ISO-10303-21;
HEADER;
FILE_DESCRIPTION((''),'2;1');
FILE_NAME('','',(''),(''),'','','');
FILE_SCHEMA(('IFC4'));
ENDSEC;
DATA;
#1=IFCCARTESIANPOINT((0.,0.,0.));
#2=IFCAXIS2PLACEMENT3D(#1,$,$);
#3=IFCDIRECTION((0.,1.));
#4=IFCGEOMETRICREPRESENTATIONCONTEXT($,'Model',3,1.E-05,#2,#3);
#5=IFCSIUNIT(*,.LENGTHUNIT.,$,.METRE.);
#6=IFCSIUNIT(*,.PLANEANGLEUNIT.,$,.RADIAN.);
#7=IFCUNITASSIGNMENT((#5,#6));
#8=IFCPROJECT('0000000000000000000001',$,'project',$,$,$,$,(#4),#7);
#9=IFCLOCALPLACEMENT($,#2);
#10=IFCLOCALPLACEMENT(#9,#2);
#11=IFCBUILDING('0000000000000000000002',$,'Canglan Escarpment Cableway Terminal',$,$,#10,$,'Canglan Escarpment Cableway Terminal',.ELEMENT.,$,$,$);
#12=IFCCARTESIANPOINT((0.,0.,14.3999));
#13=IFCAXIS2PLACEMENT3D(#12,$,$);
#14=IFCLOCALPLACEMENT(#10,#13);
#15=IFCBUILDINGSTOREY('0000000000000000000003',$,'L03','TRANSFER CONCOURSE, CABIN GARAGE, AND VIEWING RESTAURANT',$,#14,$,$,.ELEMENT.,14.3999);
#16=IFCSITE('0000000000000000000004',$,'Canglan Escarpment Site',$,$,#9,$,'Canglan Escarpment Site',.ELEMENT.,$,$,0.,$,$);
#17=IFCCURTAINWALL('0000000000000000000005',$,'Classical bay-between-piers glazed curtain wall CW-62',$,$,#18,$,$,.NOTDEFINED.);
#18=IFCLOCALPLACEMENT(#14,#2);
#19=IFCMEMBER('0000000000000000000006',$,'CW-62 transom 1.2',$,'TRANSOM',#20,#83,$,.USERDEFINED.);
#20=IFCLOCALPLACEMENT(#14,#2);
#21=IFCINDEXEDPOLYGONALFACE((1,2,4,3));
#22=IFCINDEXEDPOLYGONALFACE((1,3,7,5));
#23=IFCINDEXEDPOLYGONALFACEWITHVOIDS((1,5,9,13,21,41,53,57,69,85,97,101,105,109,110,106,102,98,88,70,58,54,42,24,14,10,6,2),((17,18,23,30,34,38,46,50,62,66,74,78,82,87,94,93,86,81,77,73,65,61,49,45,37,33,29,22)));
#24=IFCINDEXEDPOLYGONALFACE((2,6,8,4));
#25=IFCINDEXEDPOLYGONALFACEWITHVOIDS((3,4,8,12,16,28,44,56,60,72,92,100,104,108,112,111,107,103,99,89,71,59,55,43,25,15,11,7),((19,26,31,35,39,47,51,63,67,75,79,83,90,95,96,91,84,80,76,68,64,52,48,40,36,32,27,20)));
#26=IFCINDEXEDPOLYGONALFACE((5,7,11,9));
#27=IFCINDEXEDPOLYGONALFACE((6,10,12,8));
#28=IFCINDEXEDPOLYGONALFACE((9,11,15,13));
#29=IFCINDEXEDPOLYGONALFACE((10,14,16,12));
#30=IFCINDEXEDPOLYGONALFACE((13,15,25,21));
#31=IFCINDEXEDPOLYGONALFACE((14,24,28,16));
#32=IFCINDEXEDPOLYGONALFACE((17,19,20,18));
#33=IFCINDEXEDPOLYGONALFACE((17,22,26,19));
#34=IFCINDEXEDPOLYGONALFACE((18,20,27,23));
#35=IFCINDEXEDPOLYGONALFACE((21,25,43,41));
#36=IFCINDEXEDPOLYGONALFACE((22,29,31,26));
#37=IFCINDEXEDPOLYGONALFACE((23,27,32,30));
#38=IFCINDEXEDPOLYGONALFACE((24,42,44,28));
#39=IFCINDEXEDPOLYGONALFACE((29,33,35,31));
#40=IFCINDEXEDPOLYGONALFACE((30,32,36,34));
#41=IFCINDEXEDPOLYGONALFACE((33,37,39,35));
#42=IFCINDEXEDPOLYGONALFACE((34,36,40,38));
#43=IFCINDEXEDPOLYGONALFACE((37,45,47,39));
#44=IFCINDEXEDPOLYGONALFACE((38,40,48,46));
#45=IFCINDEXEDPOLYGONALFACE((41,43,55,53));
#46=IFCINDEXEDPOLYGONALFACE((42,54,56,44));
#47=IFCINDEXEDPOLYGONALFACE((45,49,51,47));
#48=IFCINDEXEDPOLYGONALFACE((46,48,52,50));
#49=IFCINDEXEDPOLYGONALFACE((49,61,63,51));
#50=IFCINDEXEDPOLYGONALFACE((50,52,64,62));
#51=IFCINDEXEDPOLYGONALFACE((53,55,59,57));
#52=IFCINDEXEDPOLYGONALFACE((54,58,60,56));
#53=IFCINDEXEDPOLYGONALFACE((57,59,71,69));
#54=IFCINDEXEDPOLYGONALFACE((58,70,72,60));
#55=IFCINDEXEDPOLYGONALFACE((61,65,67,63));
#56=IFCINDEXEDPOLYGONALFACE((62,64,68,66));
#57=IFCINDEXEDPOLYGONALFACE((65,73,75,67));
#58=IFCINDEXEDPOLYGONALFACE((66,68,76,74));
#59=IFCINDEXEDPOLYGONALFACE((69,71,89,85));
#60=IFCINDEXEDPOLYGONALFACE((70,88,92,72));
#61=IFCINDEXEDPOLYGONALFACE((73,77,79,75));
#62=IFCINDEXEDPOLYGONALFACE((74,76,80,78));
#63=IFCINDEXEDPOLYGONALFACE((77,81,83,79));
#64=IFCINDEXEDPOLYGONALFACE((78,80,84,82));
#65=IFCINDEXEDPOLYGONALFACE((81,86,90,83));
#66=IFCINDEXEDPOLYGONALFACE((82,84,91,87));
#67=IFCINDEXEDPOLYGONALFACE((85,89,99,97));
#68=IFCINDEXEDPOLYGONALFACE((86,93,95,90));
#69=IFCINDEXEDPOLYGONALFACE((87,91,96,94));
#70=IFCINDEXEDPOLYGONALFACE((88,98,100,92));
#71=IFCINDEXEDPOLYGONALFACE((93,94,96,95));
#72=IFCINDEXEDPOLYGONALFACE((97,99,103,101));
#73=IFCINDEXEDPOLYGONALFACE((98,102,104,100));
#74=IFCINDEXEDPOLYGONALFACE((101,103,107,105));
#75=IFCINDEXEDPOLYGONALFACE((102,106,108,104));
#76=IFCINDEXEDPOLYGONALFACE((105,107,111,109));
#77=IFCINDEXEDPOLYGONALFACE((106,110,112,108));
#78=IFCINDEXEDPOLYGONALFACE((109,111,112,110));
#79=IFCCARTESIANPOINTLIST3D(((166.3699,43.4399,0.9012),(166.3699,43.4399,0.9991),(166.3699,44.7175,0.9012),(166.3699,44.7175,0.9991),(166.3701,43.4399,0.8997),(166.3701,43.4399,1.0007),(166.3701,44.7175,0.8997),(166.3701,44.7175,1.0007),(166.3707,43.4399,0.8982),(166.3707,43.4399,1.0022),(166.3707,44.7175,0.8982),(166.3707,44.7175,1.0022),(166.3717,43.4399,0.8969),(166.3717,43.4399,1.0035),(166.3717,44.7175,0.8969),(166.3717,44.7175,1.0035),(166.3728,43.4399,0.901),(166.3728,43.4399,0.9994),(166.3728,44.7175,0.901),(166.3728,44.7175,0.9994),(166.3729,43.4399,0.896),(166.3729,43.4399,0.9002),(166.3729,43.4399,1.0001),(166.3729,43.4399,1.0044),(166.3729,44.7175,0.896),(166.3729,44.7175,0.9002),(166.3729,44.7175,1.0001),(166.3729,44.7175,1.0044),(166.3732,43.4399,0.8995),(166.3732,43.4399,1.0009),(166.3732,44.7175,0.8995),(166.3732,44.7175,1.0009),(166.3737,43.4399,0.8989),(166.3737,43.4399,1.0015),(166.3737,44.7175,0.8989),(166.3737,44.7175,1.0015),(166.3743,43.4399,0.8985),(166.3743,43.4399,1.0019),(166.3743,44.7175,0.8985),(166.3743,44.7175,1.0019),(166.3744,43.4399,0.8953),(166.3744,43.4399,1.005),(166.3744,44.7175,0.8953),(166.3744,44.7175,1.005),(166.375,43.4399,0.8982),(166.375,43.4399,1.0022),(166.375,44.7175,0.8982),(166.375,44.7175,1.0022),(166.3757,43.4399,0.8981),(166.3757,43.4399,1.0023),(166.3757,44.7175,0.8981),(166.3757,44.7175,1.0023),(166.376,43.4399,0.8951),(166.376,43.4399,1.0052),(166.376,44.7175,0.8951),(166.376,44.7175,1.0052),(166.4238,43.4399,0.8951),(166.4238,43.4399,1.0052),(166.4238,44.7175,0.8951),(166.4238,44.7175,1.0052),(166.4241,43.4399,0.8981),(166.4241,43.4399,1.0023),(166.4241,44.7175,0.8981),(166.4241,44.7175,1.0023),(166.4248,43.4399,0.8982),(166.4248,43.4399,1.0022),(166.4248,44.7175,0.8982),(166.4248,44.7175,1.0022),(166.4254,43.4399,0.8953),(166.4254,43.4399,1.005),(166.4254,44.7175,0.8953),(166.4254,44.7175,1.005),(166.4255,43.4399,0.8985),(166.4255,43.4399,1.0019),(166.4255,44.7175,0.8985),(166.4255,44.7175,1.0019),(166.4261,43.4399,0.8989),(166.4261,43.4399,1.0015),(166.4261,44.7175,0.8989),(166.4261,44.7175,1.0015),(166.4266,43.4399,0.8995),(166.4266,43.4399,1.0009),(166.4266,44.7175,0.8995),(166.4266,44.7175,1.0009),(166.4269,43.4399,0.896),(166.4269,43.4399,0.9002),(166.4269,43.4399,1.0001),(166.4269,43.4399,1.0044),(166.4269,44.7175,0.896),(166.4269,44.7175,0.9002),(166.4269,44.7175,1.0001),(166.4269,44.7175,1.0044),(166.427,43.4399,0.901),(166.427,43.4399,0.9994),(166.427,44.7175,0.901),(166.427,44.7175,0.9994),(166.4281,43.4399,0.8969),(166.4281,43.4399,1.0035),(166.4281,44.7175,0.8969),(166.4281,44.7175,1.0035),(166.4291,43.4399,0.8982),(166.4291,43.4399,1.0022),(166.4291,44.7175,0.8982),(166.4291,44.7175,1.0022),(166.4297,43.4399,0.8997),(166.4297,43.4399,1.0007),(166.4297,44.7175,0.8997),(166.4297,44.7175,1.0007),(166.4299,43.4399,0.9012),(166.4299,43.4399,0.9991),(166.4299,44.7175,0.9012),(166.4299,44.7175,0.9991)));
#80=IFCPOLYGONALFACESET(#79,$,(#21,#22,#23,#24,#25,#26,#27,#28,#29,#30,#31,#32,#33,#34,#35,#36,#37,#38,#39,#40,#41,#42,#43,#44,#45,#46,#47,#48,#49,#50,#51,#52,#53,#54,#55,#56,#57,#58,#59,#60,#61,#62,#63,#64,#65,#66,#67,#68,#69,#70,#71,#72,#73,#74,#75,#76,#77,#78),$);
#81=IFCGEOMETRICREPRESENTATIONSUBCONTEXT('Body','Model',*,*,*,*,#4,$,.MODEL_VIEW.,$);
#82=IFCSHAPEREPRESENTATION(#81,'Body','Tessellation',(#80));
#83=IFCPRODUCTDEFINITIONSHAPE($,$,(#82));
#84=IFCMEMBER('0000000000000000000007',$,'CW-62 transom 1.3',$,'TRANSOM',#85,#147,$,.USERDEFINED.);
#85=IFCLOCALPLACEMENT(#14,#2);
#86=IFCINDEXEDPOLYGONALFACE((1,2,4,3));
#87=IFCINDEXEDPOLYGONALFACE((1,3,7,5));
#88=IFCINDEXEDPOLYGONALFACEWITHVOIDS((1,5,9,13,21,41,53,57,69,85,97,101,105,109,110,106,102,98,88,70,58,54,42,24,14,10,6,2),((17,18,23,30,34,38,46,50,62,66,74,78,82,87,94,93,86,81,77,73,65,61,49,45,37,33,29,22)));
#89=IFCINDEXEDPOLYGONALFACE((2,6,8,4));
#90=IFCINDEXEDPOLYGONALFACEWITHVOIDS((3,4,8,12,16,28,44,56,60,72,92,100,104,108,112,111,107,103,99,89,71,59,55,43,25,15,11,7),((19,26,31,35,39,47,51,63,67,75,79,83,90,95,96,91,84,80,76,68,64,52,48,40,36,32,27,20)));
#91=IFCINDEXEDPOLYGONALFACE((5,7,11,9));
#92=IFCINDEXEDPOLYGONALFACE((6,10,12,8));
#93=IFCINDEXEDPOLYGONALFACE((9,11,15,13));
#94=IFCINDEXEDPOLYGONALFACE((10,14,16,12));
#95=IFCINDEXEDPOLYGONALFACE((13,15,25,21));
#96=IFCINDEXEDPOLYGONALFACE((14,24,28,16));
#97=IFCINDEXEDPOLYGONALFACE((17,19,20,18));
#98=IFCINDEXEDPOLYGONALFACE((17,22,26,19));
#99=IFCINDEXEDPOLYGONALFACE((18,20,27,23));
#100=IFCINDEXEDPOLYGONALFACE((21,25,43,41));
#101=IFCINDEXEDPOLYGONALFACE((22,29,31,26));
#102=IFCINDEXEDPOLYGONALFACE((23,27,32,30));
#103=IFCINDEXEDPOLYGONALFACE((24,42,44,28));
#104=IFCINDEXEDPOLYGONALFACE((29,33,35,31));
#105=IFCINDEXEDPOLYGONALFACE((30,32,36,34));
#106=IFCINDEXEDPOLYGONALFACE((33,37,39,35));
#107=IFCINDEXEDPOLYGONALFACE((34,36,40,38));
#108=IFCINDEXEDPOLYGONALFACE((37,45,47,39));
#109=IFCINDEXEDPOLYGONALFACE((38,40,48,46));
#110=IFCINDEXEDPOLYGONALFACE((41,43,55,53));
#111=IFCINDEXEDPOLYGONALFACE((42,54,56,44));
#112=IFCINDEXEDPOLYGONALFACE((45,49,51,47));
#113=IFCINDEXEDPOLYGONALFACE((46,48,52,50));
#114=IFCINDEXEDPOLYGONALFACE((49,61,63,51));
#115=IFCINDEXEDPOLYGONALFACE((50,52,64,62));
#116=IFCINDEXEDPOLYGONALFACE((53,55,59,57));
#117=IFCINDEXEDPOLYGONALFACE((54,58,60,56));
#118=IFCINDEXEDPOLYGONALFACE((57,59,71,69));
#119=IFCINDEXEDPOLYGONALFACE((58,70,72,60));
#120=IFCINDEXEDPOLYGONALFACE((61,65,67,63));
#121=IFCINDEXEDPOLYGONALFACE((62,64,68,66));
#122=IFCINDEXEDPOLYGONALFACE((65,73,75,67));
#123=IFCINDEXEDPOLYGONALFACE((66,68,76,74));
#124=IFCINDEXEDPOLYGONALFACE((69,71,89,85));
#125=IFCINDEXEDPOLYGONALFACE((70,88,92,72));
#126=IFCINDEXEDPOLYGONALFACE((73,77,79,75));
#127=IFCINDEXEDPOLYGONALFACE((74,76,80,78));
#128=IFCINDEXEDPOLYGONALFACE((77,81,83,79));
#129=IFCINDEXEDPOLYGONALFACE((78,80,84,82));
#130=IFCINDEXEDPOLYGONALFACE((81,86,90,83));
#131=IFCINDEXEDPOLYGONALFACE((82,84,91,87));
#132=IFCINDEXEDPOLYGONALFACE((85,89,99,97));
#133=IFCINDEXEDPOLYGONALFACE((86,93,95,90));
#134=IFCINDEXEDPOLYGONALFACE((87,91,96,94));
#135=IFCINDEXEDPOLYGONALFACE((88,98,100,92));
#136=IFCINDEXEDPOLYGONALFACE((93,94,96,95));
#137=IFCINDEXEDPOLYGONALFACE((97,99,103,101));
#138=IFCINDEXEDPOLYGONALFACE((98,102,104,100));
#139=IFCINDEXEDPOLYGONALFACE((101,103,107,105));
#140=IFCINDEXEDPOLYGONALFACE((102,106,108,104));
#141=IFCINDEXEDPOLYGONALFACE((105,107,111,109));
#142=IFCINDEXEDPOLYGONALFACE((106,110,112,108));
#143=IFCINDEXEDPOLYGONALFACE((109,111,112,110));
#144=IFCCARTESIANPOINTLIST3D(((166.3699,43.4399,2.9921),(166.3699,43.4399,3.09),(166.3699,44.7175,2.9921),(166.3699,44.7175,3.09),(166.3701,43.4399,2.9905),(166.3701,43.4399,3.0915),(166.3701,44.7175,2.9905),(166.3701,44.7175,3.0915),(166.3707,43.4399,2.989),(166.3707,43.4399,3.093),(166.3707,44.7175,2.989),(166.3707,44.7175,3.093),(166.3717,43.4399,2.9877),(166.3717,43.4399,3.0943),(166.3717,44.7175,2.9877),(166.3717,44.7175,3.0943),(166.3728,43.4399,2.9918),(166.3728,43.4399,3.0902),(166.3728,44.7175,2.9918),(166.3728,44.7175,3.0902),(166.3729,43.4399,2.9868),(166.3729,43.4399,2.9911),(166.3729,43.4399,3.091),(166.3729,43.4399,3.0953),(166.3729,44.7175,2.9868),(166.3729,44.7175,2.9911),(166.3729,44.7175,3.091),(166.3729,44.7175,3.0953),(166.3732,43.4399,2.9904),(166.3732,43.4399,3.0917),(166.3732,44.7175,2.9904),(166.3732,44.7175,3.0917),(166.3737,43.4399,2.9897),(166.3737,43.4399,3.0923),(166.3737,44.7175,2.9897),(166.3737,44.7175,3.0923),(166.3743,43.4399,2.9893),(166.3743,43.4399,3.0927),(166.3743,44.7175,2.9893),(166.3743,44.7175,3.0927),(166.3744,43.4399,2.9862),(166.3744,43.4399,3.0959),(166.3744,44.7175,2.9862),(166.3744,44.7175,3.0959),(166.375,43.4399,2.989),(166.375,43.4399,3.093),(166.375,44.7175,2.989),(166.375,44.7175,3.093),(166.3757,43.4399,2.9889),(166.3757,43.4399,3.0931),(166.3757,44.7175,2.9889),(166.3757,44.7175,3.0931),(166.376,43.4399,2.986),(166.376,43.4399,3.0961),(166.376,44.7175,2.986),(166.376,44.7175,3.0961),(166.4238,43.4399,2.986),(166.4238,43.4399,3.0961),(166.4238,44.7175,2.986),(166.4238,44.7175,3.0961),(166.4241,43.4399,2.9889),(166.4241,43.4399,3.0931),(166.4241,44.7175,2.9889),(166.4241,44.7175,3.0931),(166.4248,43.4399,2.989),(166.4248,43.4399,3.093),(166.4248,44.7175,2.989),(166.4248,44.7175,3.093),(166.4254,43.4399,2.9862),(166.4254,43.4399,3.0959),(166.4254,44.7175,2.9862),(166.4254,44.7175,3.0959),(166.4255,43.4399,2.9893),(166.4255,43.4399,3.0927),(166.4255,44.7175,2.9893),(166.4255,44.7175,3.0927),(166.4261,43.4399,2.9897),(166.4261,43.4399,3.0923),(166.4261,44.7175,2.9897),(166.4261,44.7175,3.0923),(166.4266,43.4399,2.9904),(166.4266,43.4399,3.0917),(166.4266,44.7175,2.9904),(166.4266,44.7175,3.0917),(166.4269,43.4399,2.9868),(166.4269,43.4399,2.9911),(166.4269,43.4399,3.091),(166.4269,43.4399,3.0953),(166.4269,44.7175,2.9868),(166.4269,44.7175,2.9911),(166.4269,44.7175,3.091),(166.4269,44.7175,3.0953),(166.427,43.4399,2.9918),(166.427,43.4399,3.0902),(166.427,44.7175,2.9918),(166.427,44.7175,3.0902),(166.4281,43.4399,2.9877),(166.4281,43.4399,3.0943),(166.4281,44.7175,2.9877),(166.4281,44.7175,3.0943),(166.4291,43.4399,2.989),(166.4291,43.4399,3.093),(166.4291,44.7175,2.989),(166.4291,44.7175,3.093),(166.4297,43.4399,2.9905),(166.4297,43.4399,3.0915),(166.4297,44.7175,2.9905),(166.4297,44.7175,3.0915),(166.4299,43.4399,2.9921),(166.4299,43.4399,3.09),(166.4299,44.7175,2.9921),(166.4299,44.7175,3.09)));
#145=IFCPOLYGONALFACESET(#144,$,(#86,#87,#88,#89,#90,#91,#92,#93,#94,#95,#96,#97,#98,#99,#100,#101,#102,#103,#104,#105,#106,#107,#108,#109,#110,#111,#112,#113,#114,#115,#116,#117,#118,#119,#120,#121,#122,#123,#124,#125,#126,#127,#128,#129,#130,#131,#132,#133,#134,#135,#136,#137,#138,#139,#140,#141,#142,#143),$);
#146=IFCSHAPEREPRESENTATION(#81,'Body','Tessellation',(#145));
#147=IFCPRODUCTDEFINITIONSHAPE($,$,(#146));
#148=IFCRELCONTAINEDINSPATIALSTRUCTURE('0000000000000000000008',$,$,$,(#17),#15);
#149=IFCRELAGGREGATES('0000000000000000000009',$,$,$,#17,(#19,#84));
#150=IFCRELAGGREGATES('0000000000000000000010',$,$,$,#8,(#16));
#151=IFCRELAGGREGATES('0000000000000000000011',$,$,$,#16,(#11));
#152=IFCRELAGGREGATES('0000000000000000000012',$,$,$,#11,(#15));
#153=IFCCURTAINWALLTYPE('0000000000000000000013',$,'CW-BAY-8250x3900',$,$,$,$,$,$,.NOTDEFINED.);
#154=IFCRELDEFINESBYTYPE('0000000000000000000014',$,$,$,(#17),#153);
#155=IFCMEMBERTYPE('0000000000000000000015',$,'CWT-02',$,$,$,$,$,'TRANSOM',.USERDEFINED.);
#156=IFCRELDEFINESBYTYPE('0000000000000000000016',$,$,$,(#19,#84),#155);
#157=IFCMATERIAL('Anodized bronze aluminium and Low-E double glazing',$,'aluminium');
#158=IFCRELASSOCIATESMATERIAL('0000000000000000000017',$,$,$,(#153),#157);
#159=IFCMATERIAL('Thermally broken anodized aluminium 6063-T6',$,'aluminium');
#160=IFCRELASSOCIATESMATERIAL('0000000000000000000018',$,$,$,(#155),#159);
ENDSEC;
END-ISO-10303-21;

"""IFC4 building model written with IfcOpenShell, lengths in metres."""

from ifc_helpers import new_model, si_unit, direction, frame, origin, origin_2d, place, context, subcontext, project, spatial, hollow_rectangle, extrude, material, material_profile, profile_set, type_object, element, aggregate, save


model = new_model("IFC4")

# Units and contexts
model_context = context("Model", 3, precision=1e-05, world=origin(), true_north=direction((0.0, 1.0)))
body_context = subcontext(model_context, "Body", "Model", "MODEL_VIEW")
ifc_project = project(units=[si_unit("LENGTHUNIT", "METRE"), si_unit("PLANEANGLEUNIT", "RADIAN")], contexts=[model_context])

# Site, building, storey
site_placement = place(None, origin())
site = spatial("IfcSite", under=ifc_project, at=site_placement, Name="Canglan Escarpment Site", LongName="Canglan Escarpment Site", CompositionType="ELEMENT", RefElevation=0.0)
building_placement = place(site_placement, origin())
building = spatial("IfcBuilding", under=site, at=building_placement, Name="Canglan Escarpment Cableway Terminal", LongName="Canglan Escarpment Cableway Terminal", CompositionType="ELEMENT")
storey_placement = place(building_placement, frame((0.0, 0.0, 14.3999)))
storey = spatial("IfcBuildingStorey", under=building, at=storey_placement, Name="L03", Description="TRANSFER CONCOURSE, CABIN GARAGE, AND VIEWING RESTAURANT", CompositionType="ELEMENT", Elevation=14.3999)

# Shared definitions
ifc_material_1 = material(Name="Anodized bronze aluminium and Low-E double glazing", Category="aluminium")
curtain_wall_type = type_object("IfcCurtainWallType", Name="CW-BAY-8250x3900", PredefinedType="NOTDEFINED", material=ifc_material_1)
ifc_material_2 = material(Name="Thermally broken anodized aluminium 6063-T6", Category="aluminium")

# Curtain wall, members
curtain_wall_1_placement = place(storey_placement, origin())
curtain_wall_1 = element("IfcCurtainWall", 1, at=curtain_wall_1_placement, inside=storey, type_object=curtain_wall_type, Name="Classical bay-between-piers glazed curtain wall CW-62", PredefinedType="NOTDEFINED")
ifc_material_profile_1 = material_profile(ifc_material_2, hollow_rectangle(XDim=0.0601, YDim=0.1101, WallThickness=0.0029, InnerFilletRadius=0.0029, OuterFilletRadius=0.0061, at=origin_2d()), Name="ALU-TRAN 60x110x3")
ifc_profile_set_1 = profile_set([ifc_material_profile_1], Name="Thermally broken anodized aluminium 6063-T6")
member_type_1 = type_object("IfcMemberType", Name="CWT-02", ElementType="TRANSOM", PredefinedType="USERDEFINED", material=ifc_profile_set_1)
member_1_placement = place(storey_placement, frame((166.3999, 43.4399, 0.9502), z_axis=(0.0, 1.0, 0.0), x_axis=(-1.0, 0.0, 0.0)))
member_1 = element("IfcMember", 2, at=member_1_placement, type_object=member_type_1, Name="CW-62 transom 1.2", ObjectType="TRANSOM", PredefinedType="USERDEFINED", context=body_context, shape_type="SweptSolid", body=[
    extrude(hollow_rectangle(XDim=0.0601, YDim=0.1101, WallThickness=0.0029, InnerFilletRadius=0.0029, OuterFilletRadius=0.0061, at=origin_2d()), origin(), (0.0, 0.0, 1.0), 1.2776),
])
member_2_placement = place(storey_placement, frame((166.3999, 43.4399, 3.041), z_axis=(0.0, 1.0, 0.0), x_axis=(-1.0, 0.0, 0.0)))
member_2 = element("IfcMember", 3, at=member_2_placement, type_object=member_type_1, Name="CW-62 transom 1.3", ObjectType="TRANSOM", PredefinedType="USERDEFINED", context=body_context, shape_type="SweptSolid", body=[
    extrude(hollow_rectangle(XDim=0.0601, YDim=0.1101, WallThickness=0.0029, InnerFilletRadius=0.0029, OuterFilletRadius=0.0061, at=origin_2d()), origin(), (0.0, 0.0, 1.0), 1.2776),
])

aggregate(curtain_wall_1, [member_1, member_2])

save(model, "model.ifc")
